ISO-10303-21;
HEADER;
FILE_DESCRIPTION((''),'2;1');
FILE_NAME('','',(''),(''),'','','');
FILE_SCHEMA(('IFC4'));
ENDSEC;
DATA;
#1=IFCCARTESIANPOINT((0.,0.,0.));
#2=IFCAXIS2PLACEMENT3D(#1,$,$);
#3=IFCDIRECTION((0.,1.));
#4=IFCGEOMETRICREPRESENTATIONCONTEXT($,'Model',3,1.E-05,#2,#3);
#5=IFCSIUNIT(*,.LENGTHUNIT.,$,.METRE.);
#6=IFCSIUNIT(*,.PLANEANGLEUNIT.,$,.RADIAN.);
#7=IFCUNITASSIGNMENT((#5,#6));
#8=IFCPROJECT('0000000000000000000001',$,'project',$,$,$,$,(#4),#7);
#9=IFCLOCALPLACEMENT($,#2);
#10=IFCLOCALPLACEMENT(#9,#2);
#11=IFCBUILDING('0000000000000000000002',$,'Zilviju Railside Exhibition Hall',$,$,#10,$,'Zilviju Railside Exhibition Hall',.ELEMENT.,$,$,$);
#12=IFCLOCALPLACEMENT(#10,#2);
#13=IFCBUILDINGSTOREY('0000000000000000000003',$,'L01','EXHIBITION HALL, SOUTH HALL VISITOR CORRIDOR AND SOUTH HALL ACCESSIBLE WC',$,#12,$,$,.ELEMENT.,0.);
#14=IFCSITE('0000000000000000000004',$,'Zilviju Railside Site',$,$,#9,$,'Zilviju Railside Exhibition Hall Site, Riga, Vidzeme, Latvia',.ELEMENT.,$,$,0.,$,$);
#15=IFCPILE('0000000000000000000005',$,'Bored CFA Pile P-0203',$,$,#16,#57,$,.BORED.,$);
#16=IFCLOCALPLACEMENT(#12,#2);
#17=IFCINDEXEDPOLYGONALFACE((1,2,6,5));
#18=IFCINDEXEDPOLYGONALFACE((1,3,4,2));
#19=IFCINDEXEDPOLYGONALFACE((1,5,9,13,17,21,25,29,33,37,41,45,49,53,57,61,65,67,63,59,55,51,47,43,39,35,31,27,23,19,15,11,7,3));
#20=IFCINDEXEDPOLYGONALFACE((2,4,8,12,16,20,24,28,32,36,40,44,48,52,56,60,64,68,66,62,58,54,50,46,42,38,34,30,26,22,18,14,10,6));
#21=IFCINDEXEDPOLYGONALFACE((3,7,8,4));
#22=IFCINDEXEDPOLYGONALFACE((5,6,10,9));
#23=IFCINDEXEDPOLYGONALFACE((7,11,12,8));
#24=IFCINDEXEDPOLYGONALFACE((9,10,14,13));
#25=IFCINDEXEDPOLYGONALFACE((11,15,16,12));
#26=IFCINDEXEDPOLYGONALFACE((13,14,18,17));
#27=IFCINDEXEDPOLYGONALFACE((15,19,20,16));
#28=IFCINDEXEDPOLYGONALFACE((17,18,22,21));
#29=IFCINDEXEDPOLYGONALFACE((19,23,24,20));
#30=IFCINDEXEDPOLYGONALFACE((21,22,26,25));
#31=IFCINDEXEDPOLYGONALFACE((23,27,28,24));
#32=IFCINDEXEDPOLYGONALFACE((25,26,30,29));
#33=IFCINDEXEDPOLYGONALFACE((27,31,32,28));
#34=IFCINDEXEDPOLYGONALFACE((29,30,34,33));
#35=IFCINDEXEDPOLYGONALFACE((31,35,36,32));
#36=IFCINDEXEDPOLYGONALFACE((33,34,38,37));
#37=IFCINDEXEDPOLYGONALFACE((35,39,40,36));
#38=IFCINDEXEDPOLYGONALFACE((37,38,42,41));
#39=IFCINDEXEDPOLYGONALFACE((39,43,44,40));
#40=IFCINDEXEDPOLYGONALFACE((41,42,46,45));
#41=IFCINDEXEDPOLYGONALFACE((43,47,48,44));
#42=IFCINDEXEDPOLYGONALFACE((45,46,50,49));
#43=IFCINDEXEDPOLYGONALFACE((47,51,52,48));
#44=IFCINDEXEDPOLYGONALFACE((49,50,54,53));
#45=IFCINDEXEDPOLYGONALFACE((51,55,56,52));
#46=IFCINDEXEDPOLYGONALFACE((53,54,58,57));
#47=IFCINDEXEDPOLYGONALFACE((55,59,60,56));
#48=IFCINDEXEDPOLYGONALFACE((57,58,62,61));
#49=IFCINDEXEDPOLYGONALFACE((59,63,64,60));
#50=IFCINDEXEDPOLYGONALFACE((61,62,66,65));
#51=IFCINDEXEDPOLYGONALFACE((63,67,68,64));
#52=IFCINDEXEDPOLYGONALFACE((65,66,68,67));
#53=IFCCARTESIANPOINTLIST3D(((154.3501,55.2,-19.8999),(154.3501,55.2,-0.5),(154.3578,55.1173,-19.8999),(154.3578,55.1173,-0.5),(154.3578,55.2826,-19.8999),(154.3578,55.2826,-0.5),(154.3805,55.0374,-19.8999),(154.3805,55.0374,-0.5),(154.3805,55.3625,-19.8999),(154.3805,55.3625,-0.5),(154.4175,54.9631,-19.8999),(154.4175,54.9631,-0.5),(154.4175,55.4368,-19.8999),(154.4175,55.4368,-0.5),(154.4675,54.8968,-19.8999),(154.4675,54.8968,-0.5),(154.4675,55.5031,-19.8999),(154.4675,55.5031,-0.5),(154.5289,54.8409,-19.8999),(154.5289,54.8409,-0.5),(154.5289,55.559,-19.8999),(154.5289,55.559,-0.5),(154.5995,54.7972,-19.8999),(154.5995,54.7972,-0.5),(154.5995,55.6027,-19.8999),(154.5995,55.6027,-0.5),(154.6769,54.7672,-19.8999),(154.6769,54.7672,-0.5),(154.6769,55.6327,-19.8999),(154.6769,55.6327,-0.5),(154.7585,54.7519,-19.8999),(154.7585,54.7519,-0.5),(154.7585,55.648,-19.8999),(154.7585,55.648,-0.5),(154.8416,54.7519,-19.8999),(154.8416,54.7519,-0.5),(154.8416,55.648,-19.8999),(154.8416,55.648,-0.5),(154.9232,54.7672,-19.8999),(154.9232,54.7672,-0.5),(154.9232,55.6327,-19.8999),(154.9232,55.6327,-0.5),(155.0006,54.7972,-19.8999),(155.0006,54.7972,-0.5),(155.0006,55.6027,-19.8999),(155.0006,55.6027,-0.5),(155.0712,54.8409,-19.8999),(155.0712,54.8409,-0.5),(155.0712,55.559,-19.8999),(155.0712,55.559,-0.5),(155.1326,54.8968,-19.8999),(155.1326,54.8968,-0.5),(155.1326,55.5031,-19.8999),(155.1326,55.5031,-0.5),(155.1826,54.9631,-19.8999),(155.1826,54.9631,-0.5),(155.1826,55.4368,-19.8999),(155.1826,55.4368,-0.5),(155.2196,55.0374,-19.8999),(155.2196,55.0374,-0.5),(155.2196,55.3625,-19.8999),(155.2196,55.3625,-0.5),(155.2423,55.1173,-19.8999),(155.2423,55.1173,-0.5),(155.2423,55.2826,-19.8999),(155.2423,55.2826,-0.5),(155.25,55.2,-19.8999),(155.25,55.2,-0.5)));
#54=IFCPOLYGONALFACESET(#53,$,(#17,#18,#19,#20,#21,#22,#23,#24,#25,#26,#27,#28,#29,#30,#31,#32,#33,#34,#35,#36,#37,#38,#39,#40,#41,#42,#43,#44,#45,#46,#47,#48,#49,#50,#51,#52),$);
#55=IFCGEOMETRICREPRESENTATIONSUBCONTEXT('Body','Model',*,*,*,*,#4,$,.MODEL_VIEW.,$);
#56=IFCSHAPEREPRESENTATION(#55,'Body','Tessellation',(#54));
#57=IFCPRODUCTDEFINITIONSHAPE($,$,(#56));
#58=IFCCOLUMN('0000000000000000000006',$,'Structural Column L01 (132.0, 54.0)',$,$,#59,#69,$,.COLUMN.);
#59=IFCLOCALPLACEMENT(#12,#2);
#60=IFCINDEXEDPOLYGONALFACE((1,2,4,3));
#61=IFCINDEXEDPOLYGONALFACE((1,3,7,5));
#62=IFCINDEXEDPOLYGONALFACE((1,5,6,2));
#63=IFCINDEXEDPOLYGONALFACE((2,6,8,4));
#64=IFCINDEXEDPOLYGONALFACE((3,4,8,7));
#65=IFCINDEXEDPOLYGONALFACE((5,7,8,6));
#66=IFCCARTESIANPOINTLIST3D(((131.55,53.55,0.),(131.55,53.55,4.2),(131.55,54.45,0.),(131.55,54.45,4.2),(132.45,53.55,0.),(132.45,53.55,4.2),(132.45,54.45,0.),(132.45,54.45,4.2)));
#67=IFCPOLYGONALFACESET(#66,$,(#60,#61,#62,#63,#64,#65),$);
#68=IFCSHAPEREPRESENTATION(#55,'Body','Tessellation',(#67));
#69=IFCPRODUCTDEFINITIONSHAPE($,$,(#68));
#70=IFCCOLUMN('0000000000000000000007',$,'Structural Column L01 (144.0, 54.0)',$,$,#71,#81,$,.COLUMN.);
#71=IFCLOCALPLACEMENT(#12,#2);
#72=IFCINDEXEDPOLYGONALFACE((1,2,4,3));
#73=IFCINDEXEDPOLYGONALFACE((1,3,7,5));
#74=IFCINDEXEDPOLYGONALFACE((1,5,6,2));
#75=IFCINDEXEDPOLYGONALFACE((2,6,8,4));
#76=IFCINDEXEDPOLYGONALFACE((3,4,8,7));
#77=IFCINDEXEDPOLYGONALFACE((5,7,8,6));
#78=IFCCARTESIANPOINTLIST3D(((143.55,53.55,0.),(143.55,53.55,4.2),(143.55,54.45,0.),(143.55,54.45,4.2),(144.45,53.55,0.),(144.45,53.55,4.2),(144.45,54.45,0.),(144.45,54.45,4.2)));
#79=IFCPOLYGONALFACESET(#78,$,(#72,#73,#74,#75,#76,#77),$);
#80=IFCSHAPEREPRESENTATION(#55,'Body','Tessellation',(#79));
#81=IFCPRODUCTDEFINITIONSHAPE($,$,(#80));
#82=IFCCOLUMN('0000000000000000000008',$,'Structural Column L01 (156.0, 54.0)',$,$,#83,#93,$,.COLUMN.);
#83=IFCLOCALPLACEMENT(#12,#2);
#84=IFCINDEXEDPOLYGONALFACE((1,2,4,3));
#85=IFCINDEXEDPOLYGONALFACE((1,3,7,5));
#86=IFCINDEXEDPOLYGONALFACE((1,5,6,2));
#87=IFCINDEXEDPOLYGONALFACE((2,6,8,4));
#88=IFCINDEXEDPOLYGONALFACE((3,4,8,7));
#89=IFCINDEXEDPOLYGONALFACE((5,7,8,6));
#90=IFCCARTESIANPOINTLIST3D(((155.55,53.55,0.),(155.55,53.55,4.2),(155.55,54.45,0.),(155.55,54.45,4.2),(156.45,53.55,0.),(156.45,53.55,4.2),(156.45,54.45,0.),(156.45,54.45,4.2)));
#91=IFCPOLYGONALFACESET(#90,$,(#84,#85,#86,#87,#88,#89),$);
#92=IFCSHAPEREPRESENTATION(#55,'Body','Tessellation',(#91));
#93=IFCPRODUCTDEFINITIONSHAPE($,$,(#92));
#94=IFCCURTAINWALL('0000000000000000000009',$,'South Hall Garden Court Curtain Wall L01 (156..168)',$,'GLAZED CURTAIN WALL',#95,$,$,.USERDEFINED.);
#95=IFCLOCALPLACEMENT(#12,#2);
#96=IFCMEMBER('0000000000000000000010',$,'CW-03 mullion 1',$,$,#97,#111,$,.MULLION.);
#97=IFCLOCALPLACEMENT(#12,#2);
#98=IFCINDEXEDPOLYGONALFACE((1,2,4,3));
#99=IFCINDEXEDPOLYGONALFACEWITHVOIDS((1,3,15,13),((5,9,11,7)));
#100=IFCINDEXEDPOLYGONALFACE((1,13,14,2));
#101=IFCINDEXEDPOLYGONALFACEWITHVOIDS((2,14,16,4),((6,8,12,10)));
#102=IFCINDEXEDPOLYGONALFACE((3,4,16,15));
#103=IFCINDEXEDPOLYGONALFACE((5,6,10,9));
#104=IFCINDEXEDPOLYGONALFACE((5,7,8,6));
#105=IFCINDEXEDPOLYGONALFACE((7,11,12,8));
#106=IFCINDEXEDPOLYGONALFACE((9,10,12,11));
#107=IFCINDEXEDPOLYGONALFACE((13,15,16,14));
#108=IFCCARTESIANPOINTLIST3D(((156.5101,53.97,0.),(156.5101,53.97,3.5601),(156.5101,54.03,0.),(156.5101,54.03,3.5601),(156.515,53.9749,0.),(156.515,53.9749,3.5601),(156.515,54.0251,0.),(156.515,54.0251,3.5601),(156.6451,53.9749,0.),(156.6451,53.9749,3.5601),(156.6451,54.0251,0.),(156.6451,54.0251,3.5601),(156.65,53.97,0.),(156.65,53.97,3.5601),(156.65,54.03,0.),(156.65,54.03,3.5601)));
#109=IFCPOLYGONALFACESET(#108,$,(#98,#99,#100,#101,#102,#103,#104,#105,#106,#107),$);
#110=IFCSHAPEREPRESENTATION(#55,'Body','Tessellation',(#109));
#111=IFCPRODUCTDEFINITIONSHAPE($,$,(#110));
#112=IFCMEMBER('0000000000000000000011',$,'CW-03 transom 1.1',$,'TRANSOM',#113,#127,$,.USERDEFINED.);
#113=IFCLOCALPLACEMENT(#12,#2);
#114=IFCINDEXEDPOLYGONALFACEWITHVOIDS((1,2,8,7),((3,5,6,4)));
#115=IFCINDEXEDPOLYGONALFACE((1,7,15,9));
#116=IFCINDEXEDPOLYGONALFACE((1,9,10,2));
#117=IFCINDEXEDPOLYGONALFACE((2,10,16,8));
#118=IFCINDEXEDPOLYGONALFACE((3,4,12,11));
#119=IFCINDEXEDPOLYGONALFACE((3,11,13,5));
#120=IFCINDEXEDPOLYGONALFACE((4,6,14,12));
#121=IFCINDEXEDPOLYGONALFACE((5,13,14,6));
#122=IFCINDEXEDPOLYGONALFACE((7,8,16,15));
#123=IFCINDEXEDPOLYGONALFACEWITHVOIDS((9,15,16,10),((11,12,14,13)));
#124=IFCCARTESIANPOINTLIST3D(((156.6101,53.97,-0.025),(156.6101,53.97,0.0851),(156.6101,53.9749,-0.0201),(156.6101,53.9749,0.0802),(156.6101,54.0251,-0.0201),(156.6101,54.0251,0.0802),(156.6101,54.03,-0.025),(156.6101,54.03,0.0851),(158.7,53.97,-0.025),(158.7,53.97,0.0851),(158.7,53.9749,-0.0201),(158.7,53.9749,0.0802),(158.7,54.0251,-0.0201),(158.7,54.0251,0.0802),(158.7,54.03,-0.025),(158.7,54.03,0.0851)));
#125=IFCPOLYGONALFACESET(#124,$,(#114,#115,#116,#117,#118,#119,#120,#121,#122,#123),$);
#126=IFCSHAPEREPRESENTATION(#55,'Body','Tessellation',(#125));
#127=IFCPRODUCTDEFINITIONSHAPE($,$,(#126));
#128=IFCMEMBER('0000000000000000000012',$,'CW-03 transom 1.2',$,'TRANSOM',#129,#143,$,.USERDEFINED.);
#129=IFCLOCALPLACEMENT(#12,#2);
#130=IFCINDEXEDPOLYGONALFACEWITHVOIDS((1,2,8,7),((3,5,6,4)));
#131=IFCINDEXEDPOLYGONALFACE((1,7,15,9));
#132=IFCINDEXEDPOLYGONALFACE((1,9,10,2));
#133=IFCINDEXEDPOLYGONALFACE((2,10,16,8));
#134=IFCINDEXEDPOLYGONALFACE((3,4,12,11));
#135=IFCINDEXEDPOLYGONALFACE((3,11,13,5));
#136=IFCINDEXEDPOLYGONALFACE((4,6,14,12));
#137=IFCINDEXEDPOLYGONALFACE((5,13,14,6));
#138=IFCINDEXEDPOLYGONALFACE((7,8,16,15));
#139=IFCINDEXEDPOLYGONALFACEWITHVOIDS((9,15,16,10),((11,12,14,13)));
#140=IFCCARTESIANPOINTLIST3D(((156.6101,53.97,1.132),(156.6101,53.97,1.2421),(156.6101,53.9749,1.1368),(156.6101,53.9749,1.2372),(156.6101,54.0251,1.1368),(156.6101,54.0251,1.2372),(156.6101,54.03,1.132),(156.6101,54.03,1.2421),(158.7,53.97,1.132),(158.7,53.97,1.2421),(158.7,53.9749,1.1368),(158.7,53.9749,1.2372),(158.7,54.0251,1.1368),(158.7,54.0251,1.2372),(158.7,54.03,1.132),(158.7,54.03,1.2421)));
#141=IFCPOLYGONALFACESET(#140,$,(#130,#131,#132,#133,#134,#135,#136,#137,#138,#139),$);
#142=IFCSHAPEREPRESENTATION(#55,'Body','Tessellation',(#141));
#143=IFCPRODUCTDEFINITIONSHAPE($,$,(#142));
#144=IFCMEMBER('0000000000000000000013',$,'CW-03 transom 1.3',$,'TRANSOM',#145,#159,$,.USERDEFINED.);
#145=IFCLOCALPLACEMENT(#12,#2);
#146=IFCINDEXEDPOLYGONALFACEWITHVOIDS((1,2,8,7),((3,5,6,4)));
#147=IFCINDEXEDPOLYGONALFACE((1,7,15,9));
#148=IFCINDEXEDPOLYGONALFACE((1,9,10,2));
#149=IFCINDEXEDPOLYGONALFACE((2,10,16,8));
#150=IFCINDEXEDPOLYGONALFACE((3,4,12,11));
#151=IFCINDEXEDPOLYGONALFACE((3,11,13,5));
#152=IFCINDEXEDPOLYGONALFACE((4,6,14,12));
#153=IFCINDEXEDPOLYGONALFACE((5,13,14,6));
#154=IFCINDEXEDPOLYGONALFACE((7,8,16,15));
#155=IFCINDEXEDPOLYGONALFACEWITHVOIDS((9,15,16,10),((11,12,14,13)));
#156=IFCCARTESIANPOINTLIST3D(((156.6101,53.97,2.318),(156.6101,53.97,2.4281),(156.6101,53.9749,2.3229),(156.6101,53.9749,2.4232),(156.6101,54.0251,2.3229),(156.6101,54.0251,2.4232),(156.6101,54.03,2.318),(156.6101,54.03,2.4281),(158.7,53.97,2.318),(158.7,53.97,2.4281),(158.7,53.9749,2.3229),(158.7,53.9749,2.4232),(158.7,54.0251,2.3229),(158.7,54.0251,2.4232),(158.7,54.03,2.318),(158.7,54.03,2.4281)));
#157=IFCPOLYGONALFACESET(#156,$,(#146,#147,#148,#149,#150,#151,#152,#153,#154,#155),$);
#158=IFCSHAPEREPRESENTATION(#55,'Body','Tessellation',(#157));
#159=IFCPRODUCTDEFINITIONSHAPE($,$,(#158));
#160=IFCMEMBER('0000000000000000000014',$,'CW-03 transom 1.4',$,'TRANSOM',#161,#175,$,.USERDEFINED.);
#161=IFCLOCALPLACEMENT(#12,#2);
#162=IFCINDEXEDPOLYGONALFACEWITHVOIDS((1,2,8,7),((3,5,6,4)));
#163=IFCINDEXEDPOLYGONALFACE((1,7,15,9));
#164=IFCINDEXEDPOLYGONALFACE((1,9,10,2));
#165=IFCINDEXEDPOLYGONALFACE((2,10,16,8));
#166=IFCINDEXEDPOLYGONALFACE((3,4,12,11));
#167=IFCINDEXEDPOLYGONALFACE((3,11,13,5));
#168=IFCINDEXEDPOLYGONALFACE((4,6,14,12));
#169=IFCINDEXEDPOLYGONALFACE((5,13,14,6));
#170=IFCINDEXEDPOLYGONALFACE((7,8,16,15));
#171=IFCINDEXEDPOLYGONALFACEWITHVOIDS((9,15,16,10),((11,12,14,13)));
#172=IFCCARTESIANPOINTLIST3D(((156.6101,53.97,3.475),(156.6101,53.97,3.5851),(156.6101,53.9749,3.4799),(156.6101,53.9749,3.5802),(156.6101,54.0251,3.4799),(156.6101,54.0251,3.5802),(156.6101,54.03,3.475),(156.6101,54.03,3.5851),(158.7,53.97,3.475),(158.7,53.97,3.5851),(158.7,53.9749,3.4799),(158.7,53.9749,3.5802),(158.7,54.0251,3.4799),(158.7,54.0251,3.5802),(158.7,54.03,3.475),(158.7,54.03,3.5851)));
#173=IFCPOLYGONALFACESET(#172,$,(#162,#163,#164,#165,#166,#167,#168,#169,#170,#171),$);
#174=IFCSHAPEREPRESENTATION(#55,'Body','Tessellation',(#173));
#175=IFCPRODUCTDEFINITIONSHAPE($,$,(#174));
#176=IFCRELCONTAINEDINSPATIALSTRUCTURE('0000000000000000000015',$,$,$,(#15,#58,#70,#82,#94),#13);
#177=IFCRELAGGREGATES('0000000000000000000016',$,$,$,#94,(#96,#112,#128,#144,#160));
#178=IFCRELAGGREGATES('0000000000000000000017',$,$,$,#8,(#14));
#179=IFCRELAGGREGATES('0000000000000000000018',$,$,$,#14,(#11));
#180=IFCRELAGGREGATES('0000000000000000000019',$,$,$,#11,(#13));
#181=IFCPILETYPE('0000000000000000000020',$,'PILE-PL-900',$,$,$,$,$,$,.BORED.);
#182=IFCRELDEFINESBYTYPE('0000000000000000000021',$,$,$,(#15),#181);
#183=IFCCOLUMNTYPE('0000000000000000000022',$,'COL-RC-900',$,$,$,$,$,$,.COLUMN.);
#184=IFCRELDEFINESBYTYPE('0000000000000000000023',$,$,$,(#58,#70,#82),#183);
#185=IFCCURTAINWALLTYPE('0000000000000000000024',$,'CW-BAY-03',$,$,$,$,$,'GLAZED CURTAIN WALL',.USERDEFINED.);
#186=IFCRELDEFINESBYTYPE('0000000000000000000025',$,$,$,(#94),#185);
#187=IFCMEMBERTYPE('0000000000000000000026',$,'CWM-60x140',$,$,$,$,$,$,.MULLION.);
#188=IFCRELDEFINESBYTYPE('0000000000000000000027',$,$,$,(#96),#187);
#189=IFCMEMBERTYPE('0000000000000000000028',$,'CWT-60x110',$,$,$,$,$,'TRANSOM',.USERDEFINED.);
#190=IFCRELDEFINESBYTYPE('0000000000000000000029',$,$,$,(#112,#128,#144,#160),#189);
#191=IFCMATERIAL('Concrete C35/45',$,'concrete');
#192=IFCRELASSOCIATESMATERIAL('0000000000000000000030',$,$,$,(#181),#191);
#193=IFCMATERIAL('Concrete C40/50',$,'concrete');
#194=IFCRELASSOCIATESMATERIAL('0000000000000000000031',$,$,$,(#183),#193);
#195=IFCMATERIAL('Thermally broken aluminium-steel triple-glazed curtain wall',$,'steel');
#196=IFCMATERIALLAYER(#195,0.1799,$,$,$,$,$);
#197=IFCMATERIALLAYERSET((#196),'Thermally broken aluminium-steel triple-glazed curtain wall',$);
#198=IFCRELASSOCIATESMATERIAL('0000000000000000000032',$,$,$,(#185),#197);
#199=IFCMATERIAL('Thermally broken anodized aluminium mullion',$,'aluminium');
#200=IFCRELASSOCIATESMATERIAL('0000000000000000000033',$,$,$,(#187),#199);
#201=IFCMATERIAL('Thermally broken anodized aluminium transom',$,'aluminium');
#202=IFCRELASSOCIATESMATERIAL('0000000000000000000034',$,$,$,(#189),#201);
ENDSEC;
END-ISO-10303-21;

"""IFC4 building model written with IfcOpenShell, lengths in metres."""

from ifc_helpers import new_model, si_unit, direction, frame, origin, origin_2d, place, context, subcontext, project, spatial, rectangle, hollow_rectangle, circle, extrude, material, layer, layer_set, material_profile, profile_set, type_object, element, aggregate, save


model = new_model("IFC4")

# Units and contexts
model_context = context("Model", 3, precision=1e-05, world=origin(), true_north=direction((0.0, 1.0)))
body_context = subcontext(model_context, "Body", "Model", "MODEL_VIEW")
ifc_project = project(units=[si_unit("LENGTHUNIT", "METRE"), si_unit("PLANEANGLEUNIT", "RADIAN")], contexts=[model_context])

# Site, building, storey
site_placement = place(None, origin())
site = spatial("IfcSite", under=ifc_project, at=site_placement, Name="Zilviju Railside Site", LongName="Zilviju Railside Exhibition Hall Site, Riga, Vidzeme, Latvia", CompositionType="ELEMENT", RefElevation=0.0)
building_placement = place(site_placement, origin())
building = spatial("IfcBuilding", under=site, at=building_placement, Name="Zilviju Railside Exhibition Hall", LongName="Zilviju Railside Exhibition Hall", CompositionType="ELEMENT")
storey_placement = place(building_placement, origin())
storey = spatial("IfcBuildingStorey", under=building, at=storey_placement, Name="L01", Description="EXHIBITION HALL, SOUTH HALL VISITOR CORRIDOR AND SOUTH HALL ACCESSIBLE WC", CompositionType="ELEMENT", Elevation=0.0)

# Shared definitions
ifc_material_1 = material(Name="Concrete C35/45", Category="concrete")

# Pile
ifc_material_profile_1 = material_profile(ifc_material_1, circle(Radius=0.45, at=origin_2d()), Name="CFA PILE D900")
ifc_profile_set_1 = profile_set([ifc_material_profile_1], Name="Concrete C35/45")
pile_type = type_object("IfcPileType", Name="PILE-PL-900", PredefinedType="BORED", material=ifc_profile_set_1)
for number, where, z_axis, x_axis, name in (
    (1, (154.8, 55.2, -0.5), (0.0, 0.0, -1.0), (1.0, 0.0, 0.0), "Bored CFA Pile P-0203"),
):
    element("IfcPile", number, at=place(storey_placement, frame(where, z_axis=z_axis, x_axis=x_axis)), inside=storey, type_object=pile_type, Name=name, PredefinedType="BORED", context=body_context, shape_type="SweptSolid", body=[
        extrude(circle(Radius=0.45, at=origin_2d()), origin(), (0.0, 0.0, 1.0), 19.3999),
    ])

# Columns
ifc_material_2 = material(Name="Concrete C40/50", Category="concrete")
ifc_material_profile_2 = material_profile(ifc_material_2, rectangle(XDim=0.8999, YDim=0.8999, at=origin_2d()), Name="RC COL 900x900")
ifc_profile_set_2 = profile_set([ifc_material_profile_2], Name="Concrete C40/50")
column_type = type_object("IfcColumnType", Name="COL-RC-900", PredefinedType="COLUMN", material=ifc_profile_set_2)
for number, where, z_axis, x_axis, name in (
    (2, (132.0, 54.0, 0.0), (0.0, 0.0, 1.0), (1.0, 0.0, 0.0), "Structural Column L01 (132.0, 54.0)"),
    (3, (144.0, 54.0, 0.0), (0.0, 0.0, 1.0), (1.0, 0.0, 0.0), "Structural Column L01 (144.0, 54.0)"),
    (4, (156.0, 54.0, 0.0), (0.0, 0.0, 1.0), (1.0, 0.0, 0.0), "Structural Column L01 (156.0, 54.0)"),
):
    element("IfcColumn", number, at=place(storey_placement, frame(where, z_axis=z_axis, x_axis=x_axis)), inside=storey, type_object=column_type, Name=name, PredefinedType="COLUMN", context=body_context, shape_type="SweptSolid", body=[
        extrude(rectangle(XDim=0.8999, YDim=0.8999, at=origin_2d()), origin(), (0.0, 0.0, 1.0), 4.2),
    ])

# Curtain wall, members
ifc_material_3 = material(Name="Thermally broken aluminium-steel triple-glazed curtain wall", Category="steel")
ifc_layer_1 = layer(ifc_material_3, 0.1799)
ifc_layer_set_1 = layer_set([ifc_layer_1], Name="Thermally broken aluminium-steel triple-glazed curtain wall")
curtain_wall_type = type_object("IfcCurtainWallType", Name="CW-BAY-03", ElementType="GLAZED CURTAIN WALL", PredefinedType="USERDEFINED", material=ifc_layer_set_1)
curtain_wall_placement = place(storey_placement, origin())
curtain_wall = element("IfcCurtainWall", 5, at=curtain_wall_placement, inside=storey, type_object=curtain_wall_type, Name="South Hall Garden Court Curtain Wall L01 (156..168)", ObjectType="GLAZED CURTAIN WALL", PredefinedType="USERDEFINED")
ifc_material_4 = material(Name="Thermally broken anodized aluminium mullion", Category="aluminium")
ifc_material_profile_3 = material_profile(ifc_material_4, hollow_rectangle(XDim=0.0601, YDim=0.1399, WallThickness=0.0049, at=origin_2d()), Name="MULLION 140x60x5")
ifc_profile_set_3 = profile_set([ifc_material_profile_3], Name="Thermally broken anodized aluminium mullion")
member_type_1 = type_object("IfcMemberType", Name="CWM-60x140", PredefinedType="MULLION", material=ifc_profile_set_3)
member_1_placement = place(storey_placement, frame((156.5801, 54.0, 0.0), z_axis=(0.0, 0.0, 1.0), x_axis=(0.0, 1.0, 0.0)))
member_1 = element("IfcMember", 6, at=member_1_placement, type_object=member_type_1, Name="CW-03 mullion 1", PredefinedType="MULLION", context=body_context, shape_type="SweptSolid", body=[
    extrude(hollow_rectangle(XDim=0.0601, YDim=0.1399, WallThickness=0.0049, at=origin_2d()), origin(), (0.0, 0.0, 1.0), 3.5601),
])
ifc_material_5 = material(Name="Thermally broken anodized aluminium transom", Category="aluminium")
ifc_material_profile_4 = material_profile(ifc_material_5, hollow_rectangle(XDim=0.0601, YDim=0.1101, WallThickness=0.0049, at=origin_2d()), Name="TRANSOM 110x60x5")
ifc_profile_set_4 = profile_set([ifc_material_profile_4], Name="Thermally broken anodized aluminium transom")
member_type_2 = type_object("IfcMemberType", Name="CWT-60x110", ElementType="TRANSOM", PredefinedType="USERDEFINED", material=ifc_profile_set_4)
member_2_placement = place(storey_placement, frame((156.6101, 54.0, 0.03), z_axis=(1.0, 0.0, 0.0), x_axis=(0.0, 1.0, 0.0)))
member_2 = element("IfcMember", 7, at=member_2_placement, type_object=member_type_2, Name="CW-03 transom 1.1", ObjectType="TRANSOM", PredefinedType="USERDEFINED", context=body_context, shape_type="SweptSolid", body=[
    extrude(hollow_rectangle(XDim=0.0601, YDim=0.1101, WallThickness=0.0049, at=origin_2d()), origin(), (0.0, 0.0, 1.0), 2.0898),
])
member_3_placement = place(storey_placement, frame((156.6101, 54.0, 1.187), z_axis=(1.0, 0.0, 0.0), x_axis=(0.0, 1.0, 0.0)))
member_3 = element("IfcMember", 8, at=member_3_placement, type_object=member_type_2, Name="CW-03 transom 1.2", ObjectType="TRANSOM", PredefinedType="USERDEFINED", context=body_context, shape_type="SweptSolid", body=[
    extrude(hollow_rectangle(XDim=0.0601, YDim=0.1101, WallThickness=0.0049, at=origin_2d()), origin(), (0.0, 0.0, 1.0), 2.0898),
])
member_4_placement = place(storey_placement, frame((156.6101, 54.0, 2.373), z_axis=(1.0, 0.0, 0.0), x_axis=(0.0, 1.0, 0.0)))
member_4 = element("IfcMember", 9, at=member_4_placement, type_object=member_type_2, Name="CW-03 transom 1.3", ObjectType="TRANSOM", PredefinedType="USERDEFINED", context=body_context, shape_type="SweptSolid", body=[
    extrude(hollow_rectangle(XDim=0.0601, YDim=0.1101, WallThickness=0.0049, at=origin_2d()), origin(), (0.0, 0.0, 1.0), 2.0898),
])
member_5_placement = place(storey_placement, frame((156.6101, 54.0, 3.53), z_axis=(1.0, 0.0, 0.0), x_axis=(0.0, 1.0, 0.0)))
member_5 = element("IfcMember", 10, at=member_5_placement, type_object=member_type_2, Name="CW-03 transom 1.4", ObjectType="TRANSOM", PredefinedType="USERDEFINED", context=body_context, shape_type="SweptSolid", body=[
    extrude(hollow_rectangle(XDim=0.0601, YDim=0.1101, WallThickness=0.0049, at=origin_2d()), origin(), (0.0, 0.0, 1.0), 2.0898),
])
aggregate(curtain_wall, [member_1, member_2, member_3, member_4, member_5])

save(model, "model.ifc")
